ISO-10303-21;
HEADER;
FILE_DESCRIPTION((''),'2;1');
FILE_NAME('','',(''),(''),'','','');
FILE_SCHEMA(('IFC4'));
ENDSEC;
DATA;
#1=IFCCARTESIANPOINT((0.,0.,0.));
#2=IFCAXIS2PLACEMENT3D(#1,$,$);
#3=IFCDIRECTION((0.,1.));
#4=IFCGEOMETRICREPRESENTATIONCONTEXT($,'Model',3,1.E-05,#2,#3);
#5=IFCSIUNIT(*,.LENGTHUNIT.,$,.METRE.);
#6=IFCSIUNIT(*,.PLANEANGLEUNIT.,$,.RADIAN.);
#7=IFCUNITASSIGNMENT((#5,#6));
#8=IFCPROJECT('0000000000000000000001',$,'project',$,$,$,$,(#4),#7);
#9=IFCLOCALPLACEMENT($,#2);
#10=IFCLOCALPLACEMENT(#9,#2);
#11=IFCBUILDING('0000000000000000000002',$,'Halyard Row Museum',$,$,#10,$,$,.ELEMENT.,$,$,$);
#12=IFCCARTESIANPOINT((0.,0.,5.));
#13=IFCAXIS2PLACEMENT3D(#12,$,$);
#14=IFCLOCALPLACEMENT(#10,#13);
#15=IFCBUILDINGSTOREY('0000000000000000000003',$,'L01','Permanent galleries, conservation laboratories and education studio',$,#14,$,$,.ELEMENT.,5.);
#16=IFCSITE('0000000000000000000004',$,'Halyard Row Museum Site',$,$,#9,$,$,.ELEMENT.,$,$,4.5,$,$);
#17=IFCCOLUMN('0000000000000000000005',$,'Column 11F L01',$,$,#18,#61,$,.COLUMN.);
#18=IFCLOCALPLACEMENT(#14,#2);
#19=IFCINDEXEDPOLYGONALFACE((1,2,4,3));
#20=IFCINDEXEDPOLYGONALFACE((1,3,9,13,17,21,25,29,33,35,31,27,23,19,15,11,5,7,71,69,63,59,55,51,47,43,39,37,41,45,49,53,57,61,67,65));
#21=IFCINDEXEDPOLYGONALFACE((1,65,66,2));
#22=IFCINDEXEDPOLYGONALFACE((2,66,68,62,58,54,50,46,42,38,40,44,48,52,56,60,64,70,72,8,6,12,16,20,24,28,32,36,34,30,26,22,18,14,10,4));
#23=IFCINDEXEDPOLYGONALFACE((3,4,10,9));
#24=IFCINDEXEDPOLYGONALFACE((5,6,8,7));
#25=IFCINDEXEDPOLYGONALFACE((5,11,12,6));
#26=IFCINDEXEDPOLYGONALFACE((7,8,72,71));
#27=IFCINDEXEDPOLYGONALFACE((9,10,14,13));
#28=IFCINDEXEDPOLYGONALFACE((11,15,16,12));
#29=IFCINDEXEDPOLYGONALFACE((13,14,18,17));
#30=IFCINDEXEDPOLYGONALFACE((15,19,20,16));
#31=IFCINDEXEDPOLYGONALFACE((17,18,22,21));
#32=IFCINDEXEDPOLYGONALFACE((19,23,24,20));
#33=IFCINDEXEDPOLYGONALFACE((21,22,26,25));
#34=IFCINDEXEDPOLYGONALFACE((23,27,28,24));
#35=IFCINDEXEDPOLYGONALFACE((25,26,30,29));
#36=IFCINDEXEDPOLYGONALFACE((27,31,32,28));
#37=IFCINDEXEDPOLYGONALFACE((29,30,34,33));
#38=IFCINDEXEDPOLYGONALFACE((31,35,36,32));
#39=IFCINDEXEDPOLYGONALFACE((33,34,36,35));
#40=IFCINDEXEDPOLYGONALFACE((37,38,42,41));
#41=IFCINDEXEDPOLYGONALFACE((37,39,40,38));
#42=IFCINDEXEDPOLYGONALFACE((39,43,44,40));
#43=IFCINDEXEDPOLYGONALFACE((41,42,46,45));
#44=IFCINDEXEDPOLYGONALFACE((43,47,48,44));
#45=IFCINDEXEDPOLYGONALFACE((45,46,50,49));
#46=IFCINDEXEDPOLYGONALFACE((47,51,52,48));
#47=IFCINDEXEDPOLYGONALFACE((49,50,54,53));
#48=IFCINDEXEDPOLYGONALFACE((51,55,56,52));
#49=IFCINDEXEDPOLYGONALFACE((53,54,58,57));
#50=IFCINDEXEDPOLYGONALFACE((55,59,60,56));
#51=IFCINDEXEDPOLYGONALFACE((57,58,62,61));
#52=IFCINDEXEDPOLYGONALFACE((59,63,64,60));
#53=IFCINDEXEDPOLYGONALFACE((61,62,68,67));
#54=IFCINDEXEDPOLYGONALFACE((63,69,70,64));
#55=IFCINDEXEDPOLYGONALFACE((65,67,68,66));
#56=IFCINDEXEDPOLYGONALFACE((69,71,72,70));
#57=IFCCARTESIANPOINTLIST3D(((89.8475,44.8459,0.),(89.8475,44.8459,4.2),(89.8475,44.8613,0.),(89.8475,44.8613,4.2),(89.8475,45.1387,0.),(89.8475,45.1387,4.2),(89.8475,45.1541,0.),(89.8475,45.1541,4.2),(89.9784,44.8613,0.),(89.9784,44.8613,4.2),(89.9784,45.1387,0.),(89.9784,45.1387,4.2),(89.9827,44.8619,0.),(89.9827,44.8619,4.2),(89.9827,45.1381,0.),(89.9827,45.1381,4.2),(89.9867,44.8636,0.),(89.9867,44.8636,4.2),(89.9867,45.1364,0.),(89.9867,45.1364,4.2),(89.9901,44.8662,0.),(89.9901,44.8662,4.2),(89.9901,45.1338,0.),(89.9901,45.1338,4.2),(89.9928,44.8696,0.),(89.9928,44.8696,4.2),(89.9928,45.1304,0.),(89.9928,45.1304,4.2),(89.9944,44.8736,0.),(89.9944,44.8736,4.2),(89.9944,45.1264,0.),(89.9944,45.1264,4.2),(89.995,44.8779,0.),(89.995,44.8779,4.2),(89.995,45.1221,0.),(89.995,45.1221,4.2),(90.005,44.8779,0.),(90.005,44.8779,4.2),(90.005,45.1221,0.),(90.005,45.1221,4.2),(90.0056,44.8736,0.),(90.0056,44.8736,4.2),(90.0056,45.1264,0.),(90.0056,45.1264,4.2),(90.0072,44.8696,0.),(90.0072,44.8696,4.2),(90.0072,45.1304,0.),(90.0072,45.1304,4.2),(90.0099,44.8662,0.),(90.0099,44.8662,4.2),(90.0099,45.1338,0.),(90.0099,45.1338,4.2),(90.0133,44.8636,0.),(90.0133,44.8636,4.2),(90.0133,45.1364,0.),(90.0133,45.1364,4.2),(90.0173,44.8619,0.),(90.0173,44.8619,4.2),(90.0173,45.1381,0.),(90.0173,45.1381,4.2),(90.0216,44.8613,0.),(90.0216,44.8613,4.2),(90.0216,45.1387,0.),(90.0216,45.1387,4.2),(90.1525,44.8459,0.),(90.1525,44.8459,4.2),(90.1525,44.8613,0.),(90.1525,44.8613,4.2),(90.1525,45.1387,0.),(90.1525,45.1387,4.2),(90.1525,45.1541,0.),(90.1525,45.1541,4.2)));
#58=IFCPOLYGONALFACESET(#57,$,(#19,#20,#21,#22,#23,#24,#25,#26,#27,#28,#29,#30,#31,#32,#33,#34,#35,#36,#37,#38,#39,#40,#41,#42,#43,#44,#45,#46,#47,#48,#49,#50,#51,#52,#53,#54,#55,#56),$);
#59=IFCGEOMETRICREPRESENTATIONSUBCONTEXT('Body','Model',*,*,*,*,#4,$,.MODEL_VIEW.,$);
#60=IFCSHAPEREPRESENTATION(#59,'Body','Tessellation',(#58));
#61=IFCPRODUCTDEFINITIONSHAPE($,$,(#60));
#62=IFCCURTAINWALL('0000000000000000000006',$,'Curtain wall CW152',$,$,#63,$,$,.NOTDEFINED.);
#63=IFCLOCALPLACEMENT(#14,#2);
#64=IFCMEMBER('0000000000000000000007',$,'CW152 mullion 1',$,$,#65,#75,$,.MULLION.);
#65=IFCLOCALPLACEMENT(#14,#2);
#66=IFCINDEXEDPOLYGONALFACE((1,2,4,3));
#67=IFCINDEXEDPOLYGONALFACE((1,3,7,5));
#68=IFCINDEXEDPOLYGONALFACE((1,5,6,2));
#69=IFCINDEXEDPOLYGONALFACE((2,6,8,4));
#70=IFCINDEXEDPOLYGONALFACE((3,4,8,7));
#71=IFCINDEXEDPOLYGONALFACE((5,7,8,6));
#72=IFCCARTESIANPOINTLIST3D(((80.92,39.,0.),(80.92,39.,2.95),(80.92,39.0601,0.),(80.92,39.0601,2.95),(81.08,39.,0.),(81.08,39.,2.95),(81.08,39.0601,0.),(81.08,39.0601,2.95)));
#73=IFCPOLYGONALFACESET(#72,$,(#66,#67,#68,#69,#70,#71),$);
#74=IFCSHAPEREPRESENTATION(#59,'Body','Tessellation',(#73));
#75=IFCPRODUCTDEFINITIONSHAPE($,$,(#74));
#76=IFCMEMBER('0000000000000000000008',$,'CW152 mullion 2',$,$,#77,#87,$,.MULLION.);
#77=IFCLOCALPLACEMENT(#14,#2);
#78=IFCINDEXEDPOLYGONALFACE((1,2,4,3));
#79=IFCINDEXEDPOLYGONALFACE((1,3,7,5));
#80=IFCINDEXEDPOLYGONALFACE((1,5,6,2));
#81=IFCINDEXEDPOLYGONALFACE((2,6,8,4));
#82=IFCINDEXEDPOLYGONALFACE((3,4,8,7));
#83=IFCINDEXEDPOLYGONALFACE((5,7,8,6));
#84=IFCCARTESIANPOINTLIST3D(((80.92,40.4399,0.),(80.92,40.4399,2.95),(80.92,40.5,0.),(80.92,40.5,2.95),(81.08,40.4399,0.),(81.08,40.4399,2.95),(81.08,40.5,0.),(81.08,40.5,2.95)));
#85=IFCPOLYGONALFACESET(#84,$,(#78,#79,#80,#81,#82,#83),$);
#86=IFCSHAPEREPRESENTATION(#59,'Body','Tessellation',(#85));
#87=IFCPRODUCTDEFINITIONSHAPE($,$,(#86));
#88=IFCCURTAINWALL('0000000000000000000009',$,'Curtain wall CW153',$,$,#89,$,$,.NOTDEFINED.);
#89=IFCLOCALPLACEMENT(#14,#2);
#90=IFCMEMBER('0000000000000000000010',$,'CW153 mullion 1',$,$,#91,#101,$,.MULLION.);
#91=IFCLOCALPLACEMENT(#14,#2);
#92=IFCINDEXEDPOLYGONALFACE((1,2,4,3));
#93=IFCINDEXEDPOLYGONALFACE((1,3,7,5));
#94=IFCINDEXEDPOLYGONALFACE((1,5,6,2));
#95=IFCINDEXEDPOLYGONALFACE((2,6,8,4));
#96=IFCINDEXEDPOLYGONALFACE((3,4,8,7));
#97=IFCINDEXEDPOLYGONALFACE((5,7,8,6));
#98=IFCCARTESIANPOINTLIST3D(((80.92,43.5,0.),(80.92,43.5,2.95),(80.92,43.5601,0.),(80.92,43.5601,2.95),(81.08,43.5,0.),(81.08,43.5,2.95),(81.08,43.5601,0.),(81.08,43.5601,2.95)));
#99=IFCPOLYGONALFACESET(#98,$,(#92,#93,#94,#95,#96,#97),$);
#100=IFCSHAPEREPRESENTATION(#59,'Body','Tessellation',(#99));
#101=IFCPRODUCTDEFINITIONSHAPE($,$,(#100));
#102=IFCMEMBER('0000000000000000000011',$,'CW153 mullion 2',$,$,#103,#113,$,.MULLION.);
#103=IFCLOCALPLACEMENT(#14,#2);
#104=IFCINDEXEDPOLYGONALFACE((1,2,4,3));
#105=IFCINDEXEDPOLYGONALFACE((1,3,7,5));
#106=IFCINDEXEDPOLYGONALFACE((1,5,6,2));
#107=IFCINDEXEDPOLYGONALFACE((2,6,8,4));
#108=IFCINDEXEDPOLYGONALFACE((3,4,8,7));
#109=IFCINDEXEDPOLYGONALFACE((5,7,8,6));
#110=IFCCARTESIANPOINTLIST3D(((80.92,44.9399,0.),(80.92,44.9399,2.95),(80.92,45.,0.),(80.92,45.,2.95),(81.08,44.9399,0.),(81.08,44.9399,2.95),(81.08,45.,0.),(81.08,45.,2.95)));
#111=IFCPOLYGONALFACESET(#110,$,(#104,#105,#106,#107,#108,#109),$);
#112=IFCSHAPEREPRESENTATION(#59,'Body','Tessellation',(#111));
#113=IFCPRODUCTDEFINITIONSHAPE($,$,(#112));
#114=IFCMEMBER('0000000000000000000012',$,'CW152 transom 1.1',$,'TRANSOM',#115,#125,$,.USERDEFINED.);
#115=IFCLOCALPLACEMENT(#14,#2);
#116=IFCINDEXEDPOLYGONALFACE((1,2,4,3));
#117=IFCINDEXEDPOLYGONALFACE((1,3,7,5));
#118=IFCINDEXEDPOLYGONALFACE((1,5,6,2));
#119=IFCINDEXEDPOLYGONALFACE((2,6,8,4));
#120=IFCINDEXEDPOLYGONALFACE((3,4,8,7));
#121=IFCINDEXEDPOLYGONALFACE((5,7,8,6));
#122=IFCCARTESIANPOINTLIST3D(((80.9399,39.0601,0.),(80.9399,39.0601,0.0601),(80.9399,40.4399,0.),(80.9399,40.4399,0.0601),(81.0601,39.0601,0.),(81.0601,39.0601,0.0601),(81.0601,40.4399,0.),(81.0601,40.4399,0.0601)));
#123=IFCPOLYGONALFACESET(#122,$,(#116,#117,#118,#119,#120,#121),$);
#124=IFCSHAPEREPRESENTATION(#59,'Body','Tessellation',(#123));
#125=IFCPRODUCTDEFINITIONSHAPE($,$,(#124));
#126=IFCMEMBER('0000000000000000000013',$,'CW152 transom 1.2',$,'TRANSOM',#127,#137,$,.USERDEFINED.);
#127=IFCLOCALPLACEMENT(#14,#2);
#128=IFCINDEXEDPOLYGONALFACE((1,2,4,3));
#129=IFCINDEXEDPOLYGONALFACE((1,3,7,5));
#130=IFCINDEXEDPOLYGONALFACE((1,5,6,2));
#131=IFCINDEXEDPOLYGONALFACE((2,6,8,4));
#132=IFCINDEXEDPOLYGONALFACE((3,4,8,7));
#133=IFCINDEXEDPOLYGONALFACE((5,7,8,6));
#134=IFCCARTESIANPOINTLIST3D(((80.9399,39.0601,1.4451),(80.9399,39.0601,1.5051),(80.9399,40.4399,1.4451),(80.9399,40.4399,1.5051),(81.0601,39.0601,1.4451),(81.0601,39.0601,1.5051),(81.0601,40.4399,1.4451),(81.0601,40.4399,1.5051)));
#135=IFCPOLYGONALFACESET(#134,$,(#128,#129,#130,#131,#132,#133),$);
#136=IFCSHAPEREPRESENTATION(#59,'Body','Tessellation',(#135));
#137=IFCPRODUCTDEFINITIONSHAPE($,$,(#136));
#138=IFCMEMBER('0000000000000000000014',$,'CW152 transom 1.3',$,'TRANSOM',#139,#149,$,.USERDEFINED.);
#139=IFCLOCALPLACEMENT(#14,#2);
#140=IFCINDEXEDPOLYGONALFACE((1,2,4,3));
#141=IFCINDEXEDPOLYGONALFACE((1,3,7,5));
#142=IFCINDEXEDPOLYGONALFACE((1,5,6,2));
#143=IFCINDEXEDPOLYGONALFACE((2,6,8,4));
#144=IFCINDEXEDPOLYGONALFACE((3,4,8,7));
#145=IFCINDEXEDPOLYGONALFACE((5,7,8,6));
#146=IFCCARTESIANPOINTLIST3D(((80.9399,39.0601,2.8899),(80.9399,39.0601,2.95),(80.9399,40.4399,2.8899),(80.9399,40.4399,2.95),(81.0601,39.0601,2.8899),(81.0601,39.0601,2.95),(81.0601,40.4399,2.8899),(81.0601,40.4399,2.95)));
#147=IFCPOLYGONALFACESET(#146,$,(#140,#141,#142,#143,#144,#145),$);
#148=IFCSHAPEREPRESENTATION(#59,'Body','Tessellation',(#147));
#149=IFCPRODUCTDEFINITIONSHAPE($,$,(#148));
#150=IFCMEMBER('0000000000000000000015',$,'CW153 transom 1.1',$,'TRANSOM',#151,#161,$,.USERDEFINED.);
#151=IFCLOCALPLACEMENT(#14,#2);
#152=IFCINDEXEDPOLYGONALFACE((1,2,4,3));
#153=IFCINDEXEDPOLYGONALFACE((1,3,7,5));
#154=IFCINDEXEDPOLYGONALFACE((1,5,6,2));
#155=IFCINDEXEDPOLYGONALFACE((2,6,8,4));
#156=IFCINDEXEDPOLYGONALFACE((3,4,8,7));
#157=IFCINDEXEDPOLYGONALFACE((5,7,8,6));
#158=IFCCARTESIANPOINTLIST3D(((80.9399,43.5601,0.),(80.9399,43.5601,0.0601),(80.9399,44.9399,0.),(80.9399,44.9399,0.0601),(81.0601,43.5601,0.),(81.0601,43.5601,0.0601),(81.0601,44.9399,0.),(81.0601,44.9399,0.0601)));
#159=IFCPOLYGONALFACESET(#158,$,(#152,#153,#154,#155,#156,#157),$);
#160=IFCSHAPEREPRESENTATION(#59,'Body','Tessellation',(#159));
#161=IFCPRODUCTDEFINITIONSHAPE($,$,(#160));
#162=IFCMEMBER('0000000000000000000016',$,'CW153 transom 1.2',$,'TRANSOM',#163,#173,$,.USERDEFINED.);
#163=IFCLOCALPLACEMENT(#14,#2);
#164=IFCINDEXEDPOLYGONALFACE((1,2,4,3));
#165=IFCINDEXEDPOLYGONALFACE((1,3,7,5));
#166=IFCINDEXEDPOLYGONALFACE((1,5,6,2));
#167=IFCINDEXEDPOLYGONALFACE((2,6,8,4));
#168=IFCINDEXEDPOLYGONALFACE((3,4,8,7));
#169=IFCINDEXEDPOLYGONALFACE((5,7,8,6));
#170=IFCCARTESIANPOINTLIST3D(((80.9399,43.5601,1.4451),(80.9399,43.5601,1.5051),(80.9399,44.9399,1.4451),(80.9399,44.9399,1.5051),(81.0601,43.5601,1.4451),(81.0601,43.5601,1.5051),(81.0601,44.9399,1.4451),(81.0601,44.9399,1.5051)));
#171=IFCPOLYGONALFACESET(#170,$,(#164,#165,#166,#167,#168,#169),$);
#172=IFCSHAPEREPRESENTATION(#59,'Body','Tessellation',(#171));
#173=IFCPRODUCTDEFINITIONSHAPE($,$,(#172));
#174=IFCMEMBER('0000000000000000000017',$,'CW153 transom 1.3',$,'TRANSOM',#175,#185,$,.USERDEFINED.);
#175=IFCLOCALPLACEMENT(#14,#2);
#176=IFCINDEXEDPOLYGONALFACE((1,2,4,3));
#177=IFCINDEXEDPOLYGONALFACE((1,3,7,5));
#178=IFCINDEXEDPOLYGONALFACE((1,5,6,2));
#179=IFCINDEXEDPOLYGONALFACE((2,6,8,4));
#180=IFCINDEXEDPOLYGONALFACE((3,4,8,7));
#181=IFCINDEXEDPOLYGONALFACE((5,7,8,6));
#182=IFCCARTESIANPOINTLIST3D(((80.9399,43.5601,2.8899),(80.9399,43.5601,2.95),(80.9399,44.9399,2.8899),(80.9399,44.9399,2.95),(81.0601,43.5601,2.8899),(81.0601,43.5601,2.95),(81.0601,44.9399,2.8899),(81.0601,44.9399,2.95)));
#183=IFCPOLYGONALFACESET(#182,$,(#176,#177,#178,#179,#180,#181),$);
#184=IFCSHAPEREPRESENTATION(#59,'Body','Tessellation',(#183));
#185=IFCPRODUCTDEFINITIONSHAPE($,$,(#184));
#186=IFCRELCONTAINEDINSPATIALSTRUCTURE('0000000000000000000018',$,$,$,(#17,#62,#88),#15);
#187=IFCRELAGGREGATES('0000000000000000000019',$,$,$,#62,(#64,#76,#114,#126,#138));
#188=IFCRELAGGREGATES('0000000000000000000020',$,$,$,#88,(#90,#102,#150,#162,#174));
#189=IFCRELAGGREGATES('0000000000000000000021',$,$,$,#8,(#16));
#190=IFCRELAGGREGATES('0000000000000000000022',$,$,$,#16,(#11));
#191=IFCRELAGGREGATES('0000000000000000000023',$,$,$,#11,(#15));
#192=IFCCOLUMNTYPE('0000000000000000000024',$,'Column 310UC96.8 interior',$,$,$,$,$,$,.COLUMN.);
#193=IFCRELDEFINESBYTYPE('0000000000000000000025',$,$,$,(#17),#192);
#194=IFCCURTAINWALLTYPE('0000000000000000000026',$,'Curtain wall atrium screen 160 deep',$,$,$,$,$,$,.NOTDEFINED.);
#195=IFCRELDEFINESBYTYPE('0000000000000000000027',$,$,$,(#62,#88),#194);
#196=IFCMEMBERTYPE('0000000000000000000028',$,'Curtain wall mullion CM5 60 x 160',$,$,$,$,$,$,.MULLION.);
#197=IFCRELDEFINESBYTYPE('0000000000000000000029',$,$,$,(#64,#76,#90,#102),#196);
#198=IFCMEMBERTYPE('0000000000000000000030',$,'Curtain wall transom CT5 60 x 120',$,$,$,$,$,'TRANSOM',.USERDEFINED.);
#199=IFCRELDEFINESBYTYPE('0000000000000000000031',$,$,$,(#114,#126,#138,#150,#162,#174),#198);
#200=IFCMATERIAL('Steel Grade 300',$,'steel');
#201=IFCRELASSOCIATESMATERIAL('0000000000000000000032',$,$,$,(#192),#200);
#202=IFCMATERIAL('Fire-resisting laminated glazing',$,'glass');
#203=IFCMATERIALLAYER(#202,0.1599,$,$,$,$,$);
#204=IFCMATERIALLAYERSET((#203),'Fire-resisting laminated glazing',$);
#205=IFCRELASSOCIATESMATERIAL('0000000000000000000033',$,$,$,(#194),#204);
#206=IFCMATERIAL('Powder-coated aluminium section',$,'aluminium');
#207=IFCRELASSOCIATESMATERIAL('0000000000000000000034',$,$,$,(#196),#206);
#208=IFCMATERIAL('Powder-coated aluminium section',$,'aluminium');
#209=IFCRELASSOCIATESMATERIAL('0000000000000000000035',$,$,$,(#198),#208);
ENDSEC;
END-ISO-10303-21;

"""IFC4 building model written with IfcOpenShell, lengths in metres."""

from ifc_helpers import new_model, si_unit, direction, frame, origin, origin_2d, place, context, subcontext, project, spatial, rectangle, i_section, extrude, material, layer, layer_set, material_profile, profile_set, type_object, element, aggregate, save


model = new_model("IFC4")

# Units and contexts
model_context = context("Model", 3, precision=1e-05, world=origin(), true_north=direction((0.0, 1.0)))
body_context = subcontext(model_context, "Body", "Model", "MODEL_VIEW")
ifc_project = project(units=[si_unit("LENGTHUNIT", "METRE"), si_unit("PLANEANGLEUNIT", "RADIAN")], contexts=[model_context])

# Site, building, storey
site_placement = place(None, origin())
site = spatial("IfcSite", under=ifc_project, at=site_placement, Name="Halyard Row Museum Site", CompositionType="ELEMENT", RefElevation=4.5)
building_placement = place(site_placement, origin())
building = spatial("IfcBuilding", under=site, at=building_placement, Name="Halyard Row Museum", CompositionType="ELEMENT")
storey_placement = place(building_placement, frame((0.0, 0.0, 5.0)))
storey = spatial("IfcBuildingStorey", under=building, at=storey_placement, Name="L01", Description="Permanent galleries, conservation laboratories and education studio", CompositionType="ELEMENT", Elevation=5.0)

# Column
ifc_material_1 = material(Name="Steel Grade 300", Category="steel")
ifc_material_profile_1 = material_profile(ifc_material_1, i_section(OverallWidth=0.3049, OverallDepth=0.3081, WebThickness=0.01, FlangeThickness=0.0154, FilletRadius=0.0166, at=origin_2d()), Name="310UC96.8")
ifc_profile_set_1 = profile_set([ifc_material_profile_1], Name="Steel Grade 300")
column_type = type_object("IfcColumnType", Name="Column 310UC96.8 interior", PredefinedType="COLUMN", material=ifc_profile_set_1)
column_placement = place(storey_placement, frame((90.0, 45.0, 0.0), z_axis=(0.0, 0.0, 1.0), x_axis=(1.0, 0.0, 0.0)))
element("IfcColumn", 1, at=column_placement, inside=storey, type_object=column_type, Name="Column 11F L01", PredefinedType="COLUMN", context=body_context, shape_type="SweptSolid", body=[
    extrude(i_section(OverallWidth=0.3049, OverallDepth=0.3081, WebThickness=0.01, FlangeThickness=0.0154, FilletRadius=0.0166, at=origin_2d()), origin(), (0.0, 0.0, 1.0), 4.2),
])

# Curtain walls, members
ifc_material_2 = material(Name="Fire-resisting laminated glazing", Category="glass")
ifc_layer_1 = layer(ifc_material_2, 0.1599)
ifc_layer_set_1 = layer_set([ifc_layer_1], Name="Fire-resisting laminated glazing")
curtain_wall_type = type_object("IfcCurtainWallType", Name="Curtain wall atrium screen 160 deep", PredefinedType="NOTDEFINED", material=ifc_layer_set_1)
curtain_wall_1_placement = place(storey_placement, origin())
curtain_wall_1 = element("IfcCurtainWall", 2, at=curtain_wall_1_placement, inside=storey, type_object=curtain_wall_type, Name="Curtain wall CW152", PredefinedType="NOTDEFINED")
ifc_material_3 = material(Name="Powder-coated aluminium section", Category="aluminium")
ifc_material_profile_2 = material_profile(ifc_material_3, rectangle(XDim=0.1599, YDim=0.0601, at=origin_2d()), Name="160x60 mullion")
ifc_profile_set_2 = profile_set([ifc_material_profile_2], Name="Powder-coated aluminium section")
member_type_1 = type_object("IfcMemberType", Name="Curtain wall mullion CM5 60 x 160", PredefinedType="MULLION", material=ifc_profile_set_2)
member_1_placement = place(storey_placement, frame((81.0, 39.03, 0.0), z_axis=(0.0, 0.0, 1.0), x_axis=(-1.0, 0.0, 0.0)))
member_1 = element("IfcMember", 3, at=member_1_placement, type_object=member_type_1, Name="CW152 mullion 1", PredefinedType="MULLION", context=body_context, shape_type="SweptSolid", body=[
    extrude(rectangle(XDim=0.1599, YDim=0.0601, at=origin_2d()), origin(), (0.0, 0.0, 1.0), 2.95),
])
member_2_placement = place(storey_placement, frame((81.0, 40.47, 0.0), z_axis=(0.0, 0.0, 1.0), x_axis=(-1.0, 0.0, 0.0)))
member_2 = element("IfcMember", 4, at=member_2_placement, type_object=member_type_1, Name="CW152 mullion 2", PredefinedType="MULLION", context=body_context, shape_type="SweptSolid", body=[
    extrude(rectangle(XDim=0.1599, YDim=0.0601, at=origin_2d()), origin(), (0.0, 0.0, 1.0), 2.95),
])
curtain_wall_2_placement = place(storey_placement, origin())
curtain_wall_2 = element("IfcCurtainWall", 5, at=curtain_wall_2_placement, inside=storey, type_object=curtain_wall_type, Name="Curtain wall CW153", PredefinedType="NOTDEFINED")
member_3_placement = place(storey_placement, frame((81.0, 43.53, 0.0), z_axis=(0.0, 0.0, 1.0), x_axis=(-1.0, 0.0, 0.0)))
member_3 = element("IfcMember", 6, at=member_3_placement, type_object=member_type_1, Name="CW153 mullion 1", PredefinedType="MULLION", context=body_context, shape_type="SweptSolid", body=[
    extrude(rectangle(XDim=0.1599, YDim=0.0601, at=origin_2d()), origin(), (0.0, 0.0, 1.0), 2.95),
])
member_4_placement = place(storey_placement, frame((81.0, 44.97, 0.0), z_axis=(0.0, 0.0, 1.0), x_axis=(-1.0, 0.0, 0.0)))
member_4 = element("IfcMember", 7, at=member_4_placement, type_object=member_type_1, Name="CW153 mullion 2", PredefinedType="MULLION", context=body_context, shape_type="SweptSolid", body=[
    extrude(rectangle(XDim=0.1599, YDim=0.0601, at=origin_2d()), origin(), (0.0, 0.0, 1.0), 2.95),
])

# Members
ifc_material_4 = material(Name="Powder-coated aluminium section", Category="aluminium")
ifc_material_profile_3 = material_profile(ifc_material_4, rectangle(XDim=0.1201, YDim=0.0601, at=origin_2d()), Name="120x60 transom")
ifc_profile_set_3 = profile_set([ifc_material_profile_3], Name="Powder-coated aluminium section")
member_type_2 = type_object("IfcMemberType", Name="Curtain wall transom CT5 60 x 120", ElementType="TRANSOM", PredefinedType="USERDEFINED", material=ifc_profile_set_3)
member_5_placement = place(storey_placement, frame((81.0, 39.0601, 0.03), z_axis=(0.0, 1.0, 0.0), x_axis=(-1.0, 0.0, 0.0)))
member_5 = element("IfcMember", 8, at=member_5_placement, type_object=member_type_2, Name="CW152 transom 1.1", ObjectType="TRANSOM", PredefinedType="USERDEFINED", context=body_context, shape_type="SweptSolid", body=[
    extrude(rectangle(XDim=0.1201, YDim=0.0601, at=origin_2d()), origin(), (0.0, 0.0, 1.0), 1.3799),
])
member_6_placement = place(storey_placement, frame((81.0, 39.0601, 1.4751), z_axis=(0.0, 1.0, 0.0), x_axis=(-1.0, 0.0, 0.0)))
member_6 = element("IfcMember", 9, at=member_6_placement, type_object=member_type_2, Name="CW152 transom 1.2", ObjectType="TRANSOM", PredefinedType="USERDEFINED", context=body_context, shape_type="SweptSolid", body=[
    extrude(rectangle(XDim=0.1201, YDim=0.0601, at=origin_2d()), origin(), (0.0, 0.0, 1.0), 1.3799),
])
member_7_placement = place(storey_placement, frame((81.0, 39.0601, 2.9199), z_axis=(0.0, 1.0, 0.0), x_axis=(-1.0, 0.0, 0.0)))
member_7 = element("IfcMember", 10, at=member_7_placement, type_object=member_type_2, Name="CW152 transom 1.3", ObjectType="TRANSOM", PredefinedType="USERDEFINED", context=body_context, shape_type="SweptSolid", body=[
    extrude(rectangle(XDim=0.1201, YDim=0.0601, at=origin_2d()), origin(), (0.0, 0.0, 1.0), 1.3799),
])
member_8_placement = place(storey_placement, frame((81.0, 43.5601, 0.03), z_axis=(0.0, 1.0, 0.0), x_axis=(-1.0, 0.0, 0.0)))
member_8 = element("IfcMember", 11, at=member_8_placement, type_object=member_type_2, Name="CW153 transom 1.1", ObjectType="TRANSOM", PredefinedType="USERDEFINED", context=body_context, shape_type="SweptSolid", body=[
    extrude(rectangle(XDim=0.1201, YDim=0.0601, at=origin_2d()), origin(), (0.0, 0.0, 1.0), 1.3799),
])
member_9_placement = place(storey_placement, frame((81.0, 43.5601, 1.4751), z_axis=(0.0, 1.0, 0.0), x_axis=(-1.0, 0.0, 0.0)))
member_9 = element("IfcMember", 12, at=member_9_placement, type_object=member_type_2, Name="CW153 transom 1.2", ObjectType="TRANSOM", PredefinedType="USERDEFINED", context=body_context, shape_type="SweptSolid", body=[
    extrude(rectangle(XDim=0.1201, YDim=0.0601, at=origin_2d()), origin(), (0.0, 0.0, 1.0), 1.3799),
])
member_10_placement = place(storey_placement, frame((81.0, 43.5601, 2.9199), z_axis=(0.0, 1.0, 0.0), x_axis=(-1.0, 0.0, 0.0)))
member_10 = element("IfcMember", 13, at=member_10_placement, type_object=member_type_2, Name="CW153 transom 1.3", ObjectType="TRANSOM", PredefinedType="USERDEFINED", context=body_context, shape_type="SweptSolid", body=[
    extrude(rectangle(XDim=0.1201, YDim=0.0601, at=origin_2d()), origin(), (0.0, 0.0, 1.0), 1.3799),
])

aggregate(curtain_wall_1, [member_1, member_2, member_5, member_6, member_7])
aggregate(curtain_wall_2, [member_3, member_4, member_8, member_9, member_10])

save(model, "model.ifc")
